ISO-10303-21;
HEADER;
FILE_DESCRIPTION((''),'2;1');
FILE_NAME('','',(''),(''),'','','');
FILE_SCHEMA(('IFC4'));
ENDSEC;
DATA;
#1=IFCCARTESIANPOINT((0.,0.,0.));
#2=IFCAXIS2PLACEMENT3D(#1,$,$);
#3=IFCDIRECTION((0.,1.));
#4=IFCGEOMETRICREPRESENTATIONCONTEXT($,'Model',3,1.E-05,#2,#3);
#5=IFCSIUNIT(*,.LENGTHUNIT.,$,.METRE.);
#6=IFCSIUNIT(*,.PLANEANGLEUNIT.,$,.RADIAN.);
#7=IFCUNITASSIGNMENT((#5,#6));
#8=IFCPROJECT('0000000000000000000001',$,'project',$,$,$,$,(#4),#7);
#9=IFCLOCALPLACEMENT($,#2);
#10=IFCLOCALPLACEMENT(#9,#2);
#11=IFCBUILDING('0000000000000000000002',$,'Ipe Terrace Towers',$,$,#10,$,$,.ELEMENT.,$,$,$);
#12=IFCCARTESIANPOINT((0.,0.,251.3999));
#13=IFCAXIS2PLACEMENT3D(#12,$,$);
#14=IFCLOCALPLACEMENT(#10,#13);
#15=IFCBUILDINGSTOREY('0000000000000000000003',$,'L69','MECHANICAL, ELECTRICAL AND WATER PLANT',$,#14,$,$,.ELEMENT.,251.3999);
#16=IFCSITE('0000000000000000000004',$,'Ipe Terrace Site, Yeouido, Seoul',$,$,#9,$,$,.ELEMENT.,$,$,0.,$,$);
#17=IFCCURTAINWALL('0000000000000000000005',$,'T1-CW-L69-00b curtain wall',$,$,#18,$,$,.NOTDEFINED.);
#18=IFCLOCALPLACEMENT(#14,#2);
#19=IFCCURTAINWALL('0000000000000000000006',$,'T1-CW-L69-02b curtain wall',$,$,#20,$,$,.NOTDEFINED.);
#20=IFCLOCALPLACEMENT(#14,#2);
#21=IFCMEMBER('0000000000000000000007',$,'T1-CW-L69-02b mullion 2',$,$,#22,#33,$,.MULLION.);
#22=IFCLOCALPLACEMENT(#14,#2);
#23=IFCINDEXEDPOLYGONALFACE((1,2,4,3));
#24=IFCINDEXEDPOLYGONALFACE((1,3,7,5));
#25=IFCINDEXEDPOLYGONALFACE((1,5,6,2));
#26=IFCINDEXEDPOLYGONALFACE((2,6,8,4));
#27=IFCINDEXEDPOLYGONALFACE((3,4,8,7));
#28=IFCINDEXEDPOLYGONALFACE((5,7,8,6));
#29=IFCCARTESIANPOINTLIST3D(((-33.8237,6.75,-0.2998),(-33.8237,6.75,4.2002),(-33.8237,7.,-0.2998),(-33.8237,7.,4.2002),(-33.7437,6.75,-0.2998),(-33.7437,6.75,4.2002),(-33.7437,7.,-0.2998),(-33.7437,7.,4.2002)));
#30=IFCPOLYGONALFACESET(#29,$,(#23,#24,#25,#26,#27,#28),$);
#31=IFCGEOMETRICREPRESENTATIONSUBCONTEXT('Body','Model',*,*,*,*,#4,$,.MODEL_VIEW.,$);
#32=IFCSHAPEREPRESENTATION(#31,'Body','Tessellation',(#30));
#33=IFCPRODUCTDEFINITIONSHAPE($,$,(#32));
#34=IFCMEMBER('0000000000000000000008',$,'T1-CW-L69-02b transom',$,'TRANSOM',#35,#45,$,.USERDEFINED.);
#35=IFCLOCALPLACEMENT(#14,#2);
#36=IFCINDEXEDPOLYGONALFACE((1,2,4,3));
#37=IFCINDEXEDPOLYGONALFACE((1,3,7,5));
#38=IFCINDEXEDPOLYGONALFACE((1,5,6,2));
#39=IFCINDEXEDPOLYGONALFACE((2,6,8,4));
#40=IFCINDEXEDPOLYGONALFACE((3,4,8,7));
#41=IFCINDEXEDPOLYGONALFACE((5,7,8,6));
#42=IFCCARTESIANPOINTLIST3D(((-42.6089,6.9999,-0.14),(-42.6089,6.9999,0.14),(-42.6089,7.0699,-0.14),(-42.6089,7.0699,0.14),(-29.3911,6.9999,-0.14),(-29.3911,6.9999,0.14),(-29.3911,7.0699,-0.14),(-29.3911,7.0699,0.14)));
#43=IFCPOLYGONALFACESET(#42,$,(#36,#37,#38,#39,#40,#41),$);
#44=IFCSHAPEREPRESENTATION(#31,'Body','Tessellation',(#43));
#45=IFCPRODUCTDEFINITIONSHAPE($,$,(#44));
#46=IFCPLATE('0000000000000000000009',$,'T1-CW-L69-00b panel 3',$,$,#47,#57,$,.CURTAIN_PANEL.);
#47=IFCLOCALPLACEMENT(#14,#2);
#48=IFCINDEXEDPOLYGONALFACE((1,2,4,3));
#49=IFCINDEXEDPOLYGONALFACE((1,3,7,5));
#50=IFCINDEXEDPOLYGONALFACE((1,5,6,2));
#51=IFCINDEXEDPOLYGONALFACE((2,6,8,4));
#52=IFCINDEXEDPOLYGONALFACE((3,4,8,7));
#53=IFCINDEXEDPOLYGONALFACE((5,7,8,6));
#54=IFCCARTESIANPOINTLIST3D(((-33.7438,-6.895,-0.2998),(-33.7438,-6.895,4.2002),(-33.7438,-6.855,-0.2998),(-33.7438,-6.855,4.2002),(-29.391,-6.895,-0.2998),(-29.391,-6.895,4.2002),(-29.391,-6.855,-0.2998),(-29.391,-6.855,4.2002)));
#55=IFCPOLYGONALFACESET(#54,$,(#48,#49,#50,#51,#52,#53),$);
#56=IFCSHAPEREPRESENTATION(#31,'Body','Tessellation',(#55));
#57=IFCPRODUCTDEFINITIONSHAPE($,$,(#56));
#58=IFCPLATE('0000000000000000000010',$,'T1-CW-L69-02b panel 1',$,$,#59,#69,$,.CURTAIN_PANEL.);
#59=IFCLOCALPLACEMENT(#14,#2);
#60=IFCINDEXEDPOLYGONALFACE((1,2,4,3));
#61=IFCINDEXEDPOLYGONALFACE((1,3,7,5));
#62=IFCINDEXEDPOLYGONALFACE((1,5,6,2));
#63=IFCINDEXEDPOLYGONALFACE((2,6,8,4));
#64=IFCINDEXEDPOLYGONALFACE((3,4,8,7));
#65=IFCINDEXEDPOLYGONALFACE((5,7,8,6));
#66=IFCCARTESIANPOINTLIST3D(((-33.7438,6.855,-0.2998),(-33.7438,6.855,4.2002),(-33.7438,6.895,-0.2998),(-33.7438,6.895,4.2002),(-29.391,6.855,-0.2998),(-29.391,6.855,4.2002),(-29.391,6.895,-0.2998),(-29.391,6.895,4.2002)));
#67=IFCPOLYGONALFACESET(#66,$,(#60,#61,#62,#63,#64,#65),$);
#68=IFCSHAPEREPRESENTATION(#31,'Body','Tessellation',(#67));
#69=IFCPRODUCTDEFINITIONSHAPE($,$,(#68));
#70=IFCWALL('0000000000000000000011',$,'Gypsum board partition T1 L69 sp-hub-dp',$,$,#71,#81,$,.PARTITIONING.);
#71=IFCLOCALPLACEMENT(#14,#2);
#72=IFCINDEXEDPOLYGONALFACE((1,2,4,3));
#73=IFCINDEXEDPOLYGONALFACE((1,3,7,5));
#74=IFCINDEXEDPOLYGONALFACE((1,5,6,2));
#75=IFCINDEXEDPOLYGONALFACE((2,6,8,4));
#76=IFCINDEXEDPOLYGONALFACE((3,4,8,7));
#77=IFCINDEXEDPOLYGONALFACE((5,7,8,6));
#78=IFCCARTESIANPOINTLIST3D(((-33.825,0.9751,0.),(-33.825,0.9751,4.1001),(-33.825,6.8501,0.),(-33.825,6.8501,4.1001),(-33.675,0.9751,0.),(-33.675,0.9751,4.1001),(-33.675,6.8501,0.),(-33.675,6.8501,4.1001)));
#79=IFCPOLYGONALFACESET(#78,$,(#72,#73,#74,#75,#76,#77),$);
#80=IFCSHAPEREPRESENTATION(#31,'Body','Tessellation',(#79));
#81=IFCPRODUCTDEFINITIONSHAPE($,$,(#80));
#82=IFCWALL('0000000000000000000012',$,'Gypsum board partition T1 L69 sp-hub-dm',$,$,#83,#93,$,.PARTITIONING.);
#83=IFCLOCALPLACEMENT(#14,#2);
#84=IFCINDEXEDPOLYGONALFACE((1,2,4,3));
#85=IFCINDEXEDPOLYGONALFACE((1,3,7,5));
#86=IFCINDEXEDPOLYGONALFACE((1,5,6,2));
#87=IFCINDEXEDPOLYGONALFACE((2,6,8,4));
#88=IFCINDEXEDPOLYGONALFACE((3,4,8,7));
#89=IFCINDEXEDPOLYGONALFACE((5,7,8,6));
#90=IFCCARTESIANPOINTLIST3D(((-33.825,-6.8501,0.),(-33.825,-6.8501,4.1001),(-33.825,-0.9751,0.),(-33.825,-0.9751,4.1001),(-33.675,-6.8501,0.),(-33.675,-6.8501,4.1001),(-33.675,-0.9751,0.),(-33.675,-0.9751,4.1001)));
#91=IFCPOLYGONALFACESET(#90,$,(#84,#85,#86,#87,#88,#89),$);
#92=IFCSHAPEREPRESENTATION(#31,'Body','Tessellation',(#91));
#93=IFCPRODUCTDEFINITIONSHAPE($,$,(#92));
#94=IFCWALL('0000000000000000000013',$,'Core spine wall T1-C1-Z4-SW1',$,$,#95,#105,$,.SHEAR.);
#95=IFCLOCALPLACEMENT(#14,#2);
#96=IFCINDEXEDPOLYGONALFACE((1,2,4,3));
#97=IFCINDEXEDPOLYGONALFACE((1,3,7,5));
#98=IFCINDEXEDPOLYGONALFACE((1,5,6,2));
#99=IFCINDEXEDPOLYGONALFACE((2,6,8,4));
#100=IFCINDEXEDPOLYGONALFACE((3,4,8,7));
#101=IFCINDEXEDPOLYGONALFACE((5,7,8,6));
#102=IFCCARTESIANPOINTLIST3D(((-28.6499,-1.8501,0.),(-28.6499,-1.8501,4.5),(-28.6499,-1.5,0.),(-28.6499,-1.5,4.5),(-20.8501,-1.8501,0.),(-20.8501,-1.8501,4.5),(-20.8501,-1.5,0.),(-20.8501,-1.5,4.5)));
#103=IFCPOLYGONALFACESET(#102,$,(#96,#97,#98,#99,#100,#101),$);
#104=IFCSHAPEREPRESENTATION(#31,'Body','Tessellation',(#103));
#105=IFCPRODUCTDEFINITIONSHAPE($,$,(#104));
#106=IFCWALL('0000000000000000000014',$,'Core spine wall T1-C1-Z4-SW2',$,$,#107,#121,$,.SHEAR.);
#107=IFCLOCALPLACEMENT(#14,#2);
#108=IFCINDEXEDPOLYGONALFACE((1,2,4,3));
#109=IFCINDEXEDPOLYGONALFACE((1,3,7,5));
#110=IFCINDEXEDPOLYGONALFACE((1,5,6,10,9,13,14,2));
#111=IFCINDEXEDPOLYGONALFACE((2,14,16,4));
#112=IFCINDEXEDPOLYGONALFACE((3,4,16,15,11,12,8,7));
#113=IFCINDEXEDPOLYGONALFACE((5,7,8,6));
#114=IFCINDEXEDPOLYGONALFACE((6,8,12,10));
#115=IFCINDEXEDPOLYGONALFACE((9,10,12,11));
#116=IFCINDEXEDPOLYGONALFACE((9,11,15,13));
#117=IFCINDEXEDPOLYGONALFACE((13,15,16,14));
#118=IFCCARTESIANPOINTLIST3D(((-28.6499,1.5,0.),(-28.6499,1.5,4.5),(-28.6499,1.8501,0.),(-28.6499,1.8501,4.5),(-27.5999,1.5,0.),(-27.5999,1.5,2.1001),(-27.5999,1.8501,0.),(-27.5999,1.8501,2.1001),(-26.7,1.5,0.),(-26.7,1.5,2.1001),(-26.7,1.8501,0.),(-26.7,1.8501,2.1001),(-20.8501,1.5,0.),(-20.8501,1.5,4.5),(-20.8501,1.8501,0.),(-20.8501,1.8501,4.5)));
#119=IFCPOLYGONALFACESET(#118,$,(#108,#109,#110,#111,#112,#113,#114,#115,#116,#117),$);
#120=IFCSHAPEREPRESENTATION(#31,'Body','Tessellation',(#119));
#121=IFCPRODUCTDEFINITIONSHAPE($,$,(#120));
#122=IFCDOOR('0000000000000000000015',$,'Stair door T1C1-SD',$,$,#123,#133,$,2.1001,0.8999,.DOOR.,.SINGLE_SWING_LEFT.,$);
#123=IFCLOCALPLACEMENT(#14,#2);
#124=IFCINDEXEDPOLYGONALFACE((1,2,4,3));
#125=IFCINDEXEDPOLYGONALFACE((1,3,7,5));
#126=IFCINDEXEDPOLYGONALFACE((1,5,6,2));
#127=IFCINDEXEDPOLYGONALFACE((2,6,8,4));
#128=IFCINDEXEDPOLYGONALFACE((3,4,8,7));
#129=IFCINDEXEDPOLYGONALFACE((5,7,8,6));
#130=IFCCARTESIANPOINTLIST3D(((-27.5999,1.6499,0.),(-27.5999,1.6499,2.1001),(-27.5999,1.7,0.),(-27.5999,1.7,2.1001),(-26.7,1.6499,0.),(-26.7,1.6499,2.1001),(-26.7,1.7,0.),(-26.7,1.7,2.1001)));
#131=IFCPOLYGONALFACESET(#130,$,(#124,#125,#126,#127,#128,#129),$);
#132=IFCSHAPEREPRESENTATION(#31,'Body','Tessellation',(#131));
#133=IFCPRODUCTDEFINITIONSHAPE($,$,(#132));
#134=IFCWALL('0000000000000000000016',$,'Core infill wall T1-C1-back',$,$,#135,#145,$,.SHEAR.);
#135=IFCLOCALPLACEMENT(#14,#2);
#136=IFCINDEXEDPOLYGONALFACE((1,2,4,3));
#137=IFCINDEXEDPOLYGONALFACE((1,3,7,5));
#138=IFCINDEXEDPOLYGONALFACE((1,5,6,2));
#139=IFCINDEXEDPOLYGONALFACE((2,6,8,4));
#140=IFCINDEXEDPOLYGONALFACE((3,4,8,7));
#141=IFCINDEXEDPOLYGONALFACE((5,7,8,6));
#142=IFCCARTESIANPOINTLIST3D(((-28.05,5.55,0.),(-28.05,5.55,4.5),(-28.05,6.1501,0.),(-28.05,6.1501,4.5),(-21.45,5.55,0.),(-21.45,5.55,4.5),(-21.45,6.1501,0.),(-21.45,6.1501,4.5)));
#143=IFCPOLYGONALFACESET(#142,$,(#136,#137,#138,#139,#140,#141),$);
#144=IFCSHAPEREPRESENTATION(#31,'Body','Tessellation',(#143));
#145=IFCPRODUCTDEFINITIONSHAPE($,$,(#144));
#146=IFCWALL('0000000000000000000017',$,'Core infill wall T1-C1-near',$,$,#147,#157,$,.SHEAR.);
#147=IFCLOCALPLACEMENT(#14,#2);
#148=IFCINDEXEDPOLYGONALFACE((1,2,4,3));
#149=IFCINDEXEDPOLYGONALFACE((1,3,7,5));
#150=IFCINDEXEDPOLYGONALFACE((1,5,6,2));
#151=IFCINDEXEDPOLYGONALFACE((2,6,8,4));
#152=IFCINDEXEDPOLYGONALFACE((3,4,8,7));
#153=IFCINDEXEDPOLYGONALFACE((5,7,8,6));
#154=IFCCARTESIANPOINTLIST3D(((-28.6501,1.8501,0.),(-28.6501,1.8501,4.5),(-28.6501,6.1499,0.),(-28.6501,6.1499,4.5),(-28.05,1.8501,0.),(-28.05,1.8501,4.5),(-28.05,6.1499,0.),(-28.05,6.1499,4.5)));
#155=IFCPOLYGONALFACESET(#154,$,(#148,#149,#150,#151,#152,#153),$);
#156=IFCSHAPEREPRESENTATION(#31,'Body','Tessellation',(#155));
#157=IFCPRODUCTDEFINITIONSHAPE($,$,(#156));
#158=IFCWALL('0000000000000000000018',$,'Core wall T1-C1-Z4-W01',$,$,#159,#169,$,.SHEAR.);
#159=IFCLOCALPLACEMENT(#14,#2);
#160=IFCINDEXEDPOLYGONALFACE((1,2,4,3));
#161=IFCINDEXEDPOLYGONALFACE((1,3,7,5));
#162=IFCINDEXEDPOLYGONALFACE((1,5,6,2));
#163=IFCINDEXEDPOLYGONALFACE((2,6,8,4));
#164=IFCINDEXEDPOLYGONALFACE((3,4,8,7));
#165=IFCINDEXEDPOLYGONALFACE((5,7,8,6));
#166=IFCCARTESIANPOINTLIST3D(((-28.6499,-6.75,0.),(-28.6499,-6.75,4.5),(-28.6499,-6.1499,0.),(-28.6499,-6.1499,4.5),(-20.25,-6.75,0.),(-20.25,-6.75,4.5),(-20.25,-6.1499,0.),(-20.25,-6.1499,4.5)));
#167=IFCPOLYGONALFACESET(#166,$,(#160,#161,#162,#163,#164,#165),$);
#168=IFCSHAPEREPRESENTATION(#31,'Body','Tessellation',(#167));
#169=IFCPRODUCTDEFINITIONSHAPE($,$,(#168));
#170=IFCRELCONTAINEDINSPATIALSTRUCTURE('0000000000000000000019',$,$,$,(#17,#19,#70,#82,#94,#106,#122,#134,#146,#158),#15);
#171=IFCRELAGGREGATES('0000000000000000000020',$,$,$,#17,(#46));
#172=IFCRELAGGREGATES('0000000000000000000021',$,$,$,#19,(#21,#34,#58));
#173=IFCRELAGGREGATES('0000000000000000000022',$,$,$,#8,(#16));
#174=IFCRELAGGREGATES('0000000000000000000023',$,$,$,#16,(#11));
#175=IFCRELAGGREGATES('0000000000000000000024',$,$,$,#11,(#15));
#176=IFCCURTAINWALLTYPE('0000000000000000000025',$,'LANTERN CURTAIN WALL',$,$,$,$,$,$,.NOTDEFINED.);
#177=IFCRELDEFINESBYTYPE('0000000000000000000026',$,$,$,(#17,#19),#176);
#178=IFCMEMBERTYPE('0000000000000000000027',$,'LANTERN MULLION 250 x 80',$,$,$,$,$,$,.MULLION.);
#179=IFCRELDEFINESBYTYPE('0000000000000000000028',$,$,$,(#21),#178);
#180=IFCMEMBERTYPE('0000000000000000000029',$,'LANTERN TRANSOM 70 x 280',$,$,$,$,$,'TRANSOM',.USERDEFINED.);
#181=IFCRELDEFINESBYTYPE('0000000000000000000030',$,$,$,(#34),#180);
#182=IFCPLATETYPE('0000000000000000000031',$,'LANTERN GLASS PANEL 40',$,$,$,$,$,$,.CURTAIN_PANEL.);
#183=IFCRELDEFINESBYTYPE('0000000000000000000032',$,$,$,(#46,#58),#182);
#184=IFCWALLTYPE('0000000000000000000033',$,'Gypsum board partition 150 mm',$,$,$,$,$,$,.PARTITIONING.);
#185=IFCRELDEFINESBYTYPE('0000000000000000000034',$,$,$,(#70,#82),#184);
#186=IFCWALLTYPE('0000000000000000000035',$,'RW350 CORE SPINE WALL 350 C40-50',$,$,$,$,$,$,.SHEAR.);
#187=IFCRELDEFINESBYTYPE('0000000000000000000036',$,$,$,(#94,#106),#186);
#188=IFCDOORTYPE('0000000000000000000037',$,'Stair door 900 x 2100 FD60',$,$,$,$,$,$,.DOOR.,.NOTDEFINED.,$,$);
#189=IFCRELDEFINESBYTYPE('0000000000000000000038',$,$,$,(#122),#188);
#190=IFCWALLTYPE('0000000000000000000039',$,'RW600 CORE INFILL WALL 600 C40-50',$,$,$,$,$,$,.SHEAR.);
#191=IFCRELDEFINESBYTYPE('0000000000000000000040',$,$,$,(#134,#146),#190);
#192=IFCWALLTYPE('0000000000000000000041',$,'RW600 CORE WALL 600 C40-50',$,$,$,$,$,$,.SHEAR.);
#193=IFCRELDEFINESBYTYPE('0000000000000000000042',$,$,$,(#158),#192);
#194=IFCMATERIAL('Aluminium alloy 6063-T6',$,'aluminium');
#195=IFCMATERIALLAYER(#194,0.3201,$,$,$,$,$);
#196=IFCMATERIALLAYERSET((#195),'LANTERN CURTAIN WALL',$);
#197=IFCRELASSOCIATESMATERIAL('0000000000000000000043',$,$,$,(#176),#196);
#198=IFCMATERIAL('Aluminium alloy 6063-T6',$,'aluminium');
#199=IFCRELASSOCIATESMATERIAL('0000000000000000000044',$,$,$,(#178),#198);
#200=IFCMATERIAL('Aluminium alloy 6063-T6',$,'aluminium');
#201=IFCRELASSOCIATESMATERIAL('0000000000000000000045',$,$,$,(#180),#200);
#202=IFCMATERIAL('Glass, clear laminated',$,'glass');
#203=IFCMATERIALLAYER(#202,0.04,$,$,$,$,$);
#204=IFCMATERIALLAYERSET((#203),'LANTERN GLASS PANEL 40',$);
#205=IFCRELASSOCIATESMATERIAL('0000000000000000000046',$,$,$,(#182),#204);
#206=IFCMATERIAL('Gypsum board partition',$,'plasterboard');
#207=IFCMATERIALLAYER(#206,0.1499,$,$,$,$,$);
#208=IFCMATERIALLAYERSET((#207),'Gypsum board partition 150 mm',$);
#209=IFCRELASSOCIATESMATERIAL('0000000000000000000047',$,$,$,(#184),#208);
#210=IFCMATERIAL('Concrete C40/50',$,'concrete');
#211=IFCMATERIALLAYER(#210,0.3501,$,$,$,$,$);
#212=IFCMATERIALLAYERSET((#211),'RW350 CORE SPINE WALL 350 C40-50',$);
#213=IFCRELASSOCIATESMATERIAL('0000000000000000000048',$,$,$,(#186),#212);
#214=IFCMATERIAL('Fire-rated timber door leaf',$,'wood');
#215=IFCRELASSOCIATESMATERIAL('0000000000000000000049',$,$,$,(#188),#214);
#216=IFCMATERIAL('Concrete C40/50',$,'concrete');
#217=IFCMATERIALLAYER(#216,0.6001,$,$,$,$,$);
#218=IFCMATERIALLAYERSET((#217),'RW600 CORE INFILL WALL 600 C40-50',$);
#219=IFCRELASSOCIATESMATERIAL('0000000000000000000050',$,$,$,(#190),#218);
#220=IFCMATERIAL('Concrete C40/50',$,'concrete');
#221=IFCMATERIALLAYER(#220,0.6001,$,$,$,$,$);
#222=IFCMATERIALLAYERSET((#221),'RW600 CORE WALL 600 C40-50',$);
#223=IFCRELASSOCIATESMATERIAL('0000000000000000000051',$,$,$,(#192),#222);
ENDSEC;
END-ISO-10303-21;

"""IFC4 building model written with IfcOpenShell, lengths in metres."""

from ifc_helpers import new_model, si_unit, direction, frame, frame_2d, origin, origin_2d, place, context, subcontext, project, spatial, rectangle, extrude, material, layer, layer_set, material_profile, profile_set, type_object, element, fill, aggregate, save


model = new_model("IFC4")

# Units and contexts
model_context = context("Model", 3, precision=1e-05, world=origin(), true_north=direction((0.0, 1.0)))
body_context = subcontext(model_context, "Body", "Model", "MODEL_VIEW")
ifc_project = project(units=[si_unit("LENGTHUNIT", "METRE"), si_unit("PLANEANGLEUNIT", "RADIAN")], contexts=[model_context])

# Site, building, storey
site_placement = place(None, origin())
site = spatial("IfcSite", under=ifc_project, at=site_placement, Name="Ipe Terrace Site, Yeouido, Seoul", CompositionType="ELEMENT", RefElevation=0.0)
building_placement = place(site_placement, origin())
building = spatial("IfcBuilding", under=site, at=building_placement, Name="Ipe Terrace Towers", CompositionType="ELEMENT")
storey_placement = place(building_placement, frame((0.0, 0.0, 251.3999)))
storey = spatial("IfcBuildingStorey", under=building, at=storey_placement, Name="L69", Description="MECHANICAL, ELECTRICAL AND WATER PLANT", CompositionType="ELEMENT", Elevation=251.3999)

# Curtain walls
ifc_material_1 = material(Name="Aluminium alloy 6063-T6", Category="aluminium")
ifc_layer_1 = layer(ifc_material_1, 0.3201)
ifc_layer_set_1 = layer_set([ifc_layer_1], Name="LANTERN CURTAIN WALL")
curtain_wall_type = type_object("IfcCurtainWallType", Name="LANTERN CURTAIN WALL", PredefinedType="NOTDEFINED", material=ifc_layer_set_1)
curtain_wall_1_placement = place(storey_placement, origin())
curtain_wall_1 = element("IfcCurtainWall", 1, at=curtain_wall_1_placement, inside=storey, type_object=curtain_wall_type, Name="T1-CW-L69-00b curtain wall", PredefinedType="NOTDEFINED")
curtain_wall_2_placement = place(storey_placement, origin())
curtain_wall_2 = element("IfcCurtainWall", 2, at=curtain_wall_2_placement, inside=storey, type_object=curtain_wall_type, Name="T1-CW-L69-02b curtain wall", PredefinedType="NOTDEFINED")

# Members
ifc_material_2 = material(Name="Aluminium alloy 6063-T6", Category="aluminium")
ifc_material_profile_1 = material_profile(ifc_material_2, rectangle(XDim=0.25, YDim=0.0801, at=origin_2d()), Name="LANTERN MULLION 250 x 80")
ifc_profile_set_1 = profile_set([ifc_material_profile_1], Name="Aluminium alloy 6063-T6")
member_type_1 = type_object("IfcMemberType", Name="LANTERN MULLION 250 x 80", PredefinedType="MULLION", material=ifc_profile_set_1)
member_1_placement = place(storey_placement, frame((-33.7837, 6.875, -0.2998), z_axis=(0.0, 0.0, 1.0), x_axis=(0.0, 1.0, 0.0)))
member_1 = element("IfcMember", 3, at=member_1_placement, type_object=member_type_1, Name="T1-CW-L69-02b mullion 2", PredefinedType="MULLION", context=body_context, shape_type="SweptSolid", body=[
    extrude(rectangle(XDim=0.25, YDim=0.0801, at=origin_2d()), origin(), (0.0, 0.0, 1.0), 4.5),
])
ifc_material_3 = material(Name="Aluminium alloy 6063-T6", Category="aluminium")
ifc_material_profile_2 = material_profile(ifc_material_3, rectangle(XDim=0.0701, YDim=0.28, at=origin_2d()), Name="LANTERN TRANSOM 70 x 280")
ifc_profile_set_2 = profile_set([ifc_material_profile_2], Name="Aluminium alloy 6063-T6")
member_type_2 = type_object("IfcMemberType", Name="LANTERN TRANSOM 70 x 280", ElementType="TRANSOM", PredefinedType="USERDEFINED", material=ifc_profile_set_2)
member_2_placement = place(storey_placement, frame((-29.3911, 7.0349, 0.0), z_axis=(-1.0, 0.0, 0.0), x_axis=(0.0, 1.0, 0.0)))
member_2 = element("IfcMember", 4, at=member_2_placement, type_object=member_type_2, Name="T1-CW-L69-02b transom", ObjectType="TRANSOM", PredefinedType="USERDEFINED", context=body_context, shape_type="SweptSolid", body=[
    extrude(rectangle(XDim=0.0701, YDim=0.28, at=origin_2d()), origin(), (0.0, 0.0, 1.0), 13.2178),
])

# Plates
ifc_material_4 = material(Name="Glass, clear laminated", Category="glass")
ifc_layer_2 = layer(ifc_material_4, 0.04)
ifc_layer_set_2 = layer_set([ifc_layer_2], Name="LANTERN GLASS PANEL 40")
plate_type = type_object("IfcPlateType", Name="LANTERN GLASS PANEL 40", PredefinedType="CURTAIN_PANEL", material=ifc_layer_set_2)
plate_1_placement = place(storey_placement, frame((-31.5674, -6.875, -0.2998), z_axis=(0.0, 0.0, 1.0), x_axis=(1.0, 0.0, 0.0)))
plate_1 = element("IfcPlate", 5, at=plate_1_placement, type_object=plate_type, Name="T1-CW-L69-00b panel 3", PredefinedType="CURTAIN_PANEL", context=body_context, shape_type="SweptSolid", body=[
    extrude(rectangle(XDim=4.3528, YDim=0.04, at=origin_2d()), origin(), (0.0, 0.0, 1.0), 4.5),
])
aggregate(curtain_wall_1, [plate_1])
plate_2_placement = place(storey_placement, frame((-31.5674, 6.875, -0.2998), z_axis=(0.0, 0.0, 1.0), x_axis=(-1.0, 0.0, 0.0)))
plate_2 = element("IfcPlate", 6, at=plate_2_placement, type_object=plate_type, Name="T1-CW-L69-02b panel 1", PredefinedType="CURTAIN_PANEL", context=body_context, shape_type="SweptSolid", body=[
    extrude(rectangle(XDim=4.3528, YDim=0.04, at=origin_2d()), origin(), (0.0, 0.0, 1.0), 4.5),
])
aggregate(curtain_wall_2, [member_1, member_2, plate_2])

# Walls
ifc_material_5 = material(Name="Gypsum board partition", Category="plasterboard")
ifc_layer_3 = layer(ifc_material_5, 0.1499)
ifc_layer_set_3 = layer_set([ifc_layer_3], Name="Gypsum board partition 150 mm")
wall_type_1 = type_object("IfcWallType", Name="Gypsum board partition 150 mm", PredefinedType="PARTITIONING", material=ifc_layer_set_3)
for number, where, z_axis, x_axis, name in (
    (7, (-33.75, 0.9751, 0.0), (0.0, 0.0, 1.0), (0.0, 1.0, 0.0), "Gypsum board partition T1 L69 sp-hub-dp"),
    (8, (-33.75, -0.9751, 0.0), (0.0, 0.0, 1.0), (0.0, -1.0, 0.0), "Gypsum board partition T1 L69 sp-hub-dm"),
):
    element("IfcWall", number, at=place(storey_placement, frame(where, z_axis=z_axis, x_axis=x_axis)), inside=storey, type_object=wall_type_1, Name=name, PredefinedType="PARTITIONING", context=body_context, shape_type="SweptSolid", body=[
        extrude(rectangle(XDim=5.875, YDim=0.1499, at=frame_2d((2.9375, 0.0))), origin(), (0.0, 0.0, 1.0), 4.1001),
    ])
ifc_material_6 = material(Name="Concrete C40/50", Category="concrete")
ifc_layer_4 = layer(ifc_material_6, 0.3501)
ifc_layer_set_4 = layer_set([ifc_layer_4], Name="RW350 CORE SPINE WALL 350 C40-50")
wall_type_2 = type_object("IfcWallType", Name="RW350 CORE SPINE WALL 350 C40-50", PredefinedType="SHEAR", material=ifc_layer_set_4)
wall_1_placement = place(storey_placement, frame((-28.6499, -1.675, 0.0), z_axis=(0.0, 0.0, 1.0), x_axis=(1.0, 0.0, 0.0)))
element("IfcWall", 9, at=wall_1_placement, inside=storey, type_object=wall_type_2, Name="Core spine wall T1-C1-Z4-SW1", PredefinedType="SHEAR", context=body_context, shape_type="SweptSolid", body=[
    extrude(rectangle(XDim=7.7998, YDim=0.3501, at=frame_2d((3.8999, 0.0))), origin(), (0.0, 0.0, 1.0), 4.5),
])

# Wall, opening, door
wall_2_placement = place(storey_placement, frame((-28.6499, 1.675, 0.0), z_axis=(0.0, 0.0, 1.0), x_axis=(1.0, 0.0, 0.0)))
wall_2 = element("IfcWall", 10, at=wall_2_placement, inside=storey, type_object=wall_type_2, Name="Core spine wall T1-C1-Z4-SW2", PredefinedType="SHEAR", context=body_context, shape_type="SweptSolid", body=[
    extrude(rectangle(XDim=7.7998, YDim=0.3501, at=frame_2d((3.8999, 0.0))), origin(), (0.0, 0.0, 1.0), 4.5),
])
opening_1_placement = place(wall_2_placement, frame((1.05, 0.0, 0.0)))
opening_1 = element("IfcOpeningElement", 11, at=opening_1_placement, cuts=wall_2, PredefinedType="OPENING", context=body_context, shape_type="SweptSolid", body=[
    extrude(rectangle(XDim=0.8999, YDim=2.1001, at=frame_2d((0.45, 1.05))), frame((0.0, 0.1851, 0.0), z_axis=(0.0, -1.0, 0.0), x_axis=(1.0, 0.0, 0.0)), (0.0, 0.0, 1.0), 0.3701),
])
ifc_material_7 = material(Name="Fire-rated timber door leaf", Category="wood")
door_type_1 = type_object("IfcDoorType", Name="Stair door 900 x 2100 FD60", OperationType="NOTDEFINED", PredefinedType="DOOR", material=ifc_material_7)
door_1_placement = place(opening_1_placement, origin())
door_1 = element("IfcDoor", 12, at=door_1_placement, inside=storey, type_object=door_type_1, Name="Stair door T1C1-SD", OperationType="SINGLE_SWING_LEFT", OverallHeight=2.1001, OverallWidth=0.8999, PredefinedType="DOOR", context=body_context, shape_type="SweptSolid", body=[
    extrude(rectangle(XDim=0.8999, YDim=2.1001, at=frame_2d((0.45, 1.05))), frame((0.0, 0.0249, 0.0), z_axis=(0.0, -1.0, 0.0), x_axis=(1.0, 0.0, 0.0)), (0.0, 0.0, 1.0), 0.05),
])
fill(opening_1, door_1)

# Walls
ifc_material_8 = material(Name="Concrete C40/50", Category="concrete")
ifc_layer_5 = layer(ifc_material_8, 0.6001)
ifc_layer_set_5 = layer_set([ifc_layer_5], Name="RW600 CORE INFILL WALL 600 C40-50")
wall_type_3 = type_object("IfcWallType", Name="RW600 CORE INFILL WALL 600 C40-50", PredefinedType="SHEAR", material=ifc_layer_set_5)
wall_3_placement = place(storey_placement, frame((-28.05, 5.8501, 0.0), z_axis=(0.0, 0.0, 1.0), x_axis=(1.0, 0.0, 0.0)))
element("IfcWall", 13, at=wall_3_placement, inside=storey, type_object=wall_type_3, Name="Core infill wall T1-C1-back", PredefinedType="SHEAR", context=body_context, shape_type="SweptSolid", body=[
    extrude(rectangle(XDim=6.6001, YDim=0.6001, at=frame_2d((3.3, 0.0))), origin(), (0.0, 0.0, 1.0), 4.5),
])
wall_4_placement = place(storey_placement, frame((-28.3501, 1.8501, 0.0), z_axis=(0.0, 0.0, 1.0), x_axis=(0.0, 1.0, 0.0)))
element("IfcWall", 14, at=wall_4_placement, inside=storey, type_object=wall_type_3, Name="Core infill wall T1-C1-near", PredefinedType="SHEAR", context=body_context, shape_type="SweptSolid", body=[
    extrude(rectangle(XDim=4.2998, YDim=0.6001, at=frame_2d((2.1499, 0.0))), origin(), (0.0, 0.0, 1.0), 4.5),
])
ifc_material_9 = material(Name="Concrete C40/50", Category="concrete")
ifc_layer_6 = layer(ifc_material_9, 0.6001)
ifc_layer_set_6 = layer_set([ifc_layer_6], Name="RW600 CORE WALL 600 C40-50")
wall_type_4 = type_object("IfcWallType", Name="RW600 CORE WALL 600 C40-50", PredefinedType="SHEAR", material=ifc_layer_set_6)
wall_5_placement = place(storey_placement, frame((-28.6499, -6.45, 0.0), z_axis=(0.0, 0.0, 1.0), x_axis=(1.0, 0.0, 0.0)))
element("IfcWall", 15, at=wall_5_placement, inside=storey, type_object=wall_type_4, Name="Core wall T1-C1-Z4-W01", PredefinedType="SHEAR", context=body_context, shape_type="SweptSolid", body=[
    extrude(rectangle(XDim=8.3999, YDim=0.6001, at=frame_2d((4.2, 0.0))), origin(), (0.0, 0.0, 1.0), 4.5),
])

save(model, "model.ifc")
